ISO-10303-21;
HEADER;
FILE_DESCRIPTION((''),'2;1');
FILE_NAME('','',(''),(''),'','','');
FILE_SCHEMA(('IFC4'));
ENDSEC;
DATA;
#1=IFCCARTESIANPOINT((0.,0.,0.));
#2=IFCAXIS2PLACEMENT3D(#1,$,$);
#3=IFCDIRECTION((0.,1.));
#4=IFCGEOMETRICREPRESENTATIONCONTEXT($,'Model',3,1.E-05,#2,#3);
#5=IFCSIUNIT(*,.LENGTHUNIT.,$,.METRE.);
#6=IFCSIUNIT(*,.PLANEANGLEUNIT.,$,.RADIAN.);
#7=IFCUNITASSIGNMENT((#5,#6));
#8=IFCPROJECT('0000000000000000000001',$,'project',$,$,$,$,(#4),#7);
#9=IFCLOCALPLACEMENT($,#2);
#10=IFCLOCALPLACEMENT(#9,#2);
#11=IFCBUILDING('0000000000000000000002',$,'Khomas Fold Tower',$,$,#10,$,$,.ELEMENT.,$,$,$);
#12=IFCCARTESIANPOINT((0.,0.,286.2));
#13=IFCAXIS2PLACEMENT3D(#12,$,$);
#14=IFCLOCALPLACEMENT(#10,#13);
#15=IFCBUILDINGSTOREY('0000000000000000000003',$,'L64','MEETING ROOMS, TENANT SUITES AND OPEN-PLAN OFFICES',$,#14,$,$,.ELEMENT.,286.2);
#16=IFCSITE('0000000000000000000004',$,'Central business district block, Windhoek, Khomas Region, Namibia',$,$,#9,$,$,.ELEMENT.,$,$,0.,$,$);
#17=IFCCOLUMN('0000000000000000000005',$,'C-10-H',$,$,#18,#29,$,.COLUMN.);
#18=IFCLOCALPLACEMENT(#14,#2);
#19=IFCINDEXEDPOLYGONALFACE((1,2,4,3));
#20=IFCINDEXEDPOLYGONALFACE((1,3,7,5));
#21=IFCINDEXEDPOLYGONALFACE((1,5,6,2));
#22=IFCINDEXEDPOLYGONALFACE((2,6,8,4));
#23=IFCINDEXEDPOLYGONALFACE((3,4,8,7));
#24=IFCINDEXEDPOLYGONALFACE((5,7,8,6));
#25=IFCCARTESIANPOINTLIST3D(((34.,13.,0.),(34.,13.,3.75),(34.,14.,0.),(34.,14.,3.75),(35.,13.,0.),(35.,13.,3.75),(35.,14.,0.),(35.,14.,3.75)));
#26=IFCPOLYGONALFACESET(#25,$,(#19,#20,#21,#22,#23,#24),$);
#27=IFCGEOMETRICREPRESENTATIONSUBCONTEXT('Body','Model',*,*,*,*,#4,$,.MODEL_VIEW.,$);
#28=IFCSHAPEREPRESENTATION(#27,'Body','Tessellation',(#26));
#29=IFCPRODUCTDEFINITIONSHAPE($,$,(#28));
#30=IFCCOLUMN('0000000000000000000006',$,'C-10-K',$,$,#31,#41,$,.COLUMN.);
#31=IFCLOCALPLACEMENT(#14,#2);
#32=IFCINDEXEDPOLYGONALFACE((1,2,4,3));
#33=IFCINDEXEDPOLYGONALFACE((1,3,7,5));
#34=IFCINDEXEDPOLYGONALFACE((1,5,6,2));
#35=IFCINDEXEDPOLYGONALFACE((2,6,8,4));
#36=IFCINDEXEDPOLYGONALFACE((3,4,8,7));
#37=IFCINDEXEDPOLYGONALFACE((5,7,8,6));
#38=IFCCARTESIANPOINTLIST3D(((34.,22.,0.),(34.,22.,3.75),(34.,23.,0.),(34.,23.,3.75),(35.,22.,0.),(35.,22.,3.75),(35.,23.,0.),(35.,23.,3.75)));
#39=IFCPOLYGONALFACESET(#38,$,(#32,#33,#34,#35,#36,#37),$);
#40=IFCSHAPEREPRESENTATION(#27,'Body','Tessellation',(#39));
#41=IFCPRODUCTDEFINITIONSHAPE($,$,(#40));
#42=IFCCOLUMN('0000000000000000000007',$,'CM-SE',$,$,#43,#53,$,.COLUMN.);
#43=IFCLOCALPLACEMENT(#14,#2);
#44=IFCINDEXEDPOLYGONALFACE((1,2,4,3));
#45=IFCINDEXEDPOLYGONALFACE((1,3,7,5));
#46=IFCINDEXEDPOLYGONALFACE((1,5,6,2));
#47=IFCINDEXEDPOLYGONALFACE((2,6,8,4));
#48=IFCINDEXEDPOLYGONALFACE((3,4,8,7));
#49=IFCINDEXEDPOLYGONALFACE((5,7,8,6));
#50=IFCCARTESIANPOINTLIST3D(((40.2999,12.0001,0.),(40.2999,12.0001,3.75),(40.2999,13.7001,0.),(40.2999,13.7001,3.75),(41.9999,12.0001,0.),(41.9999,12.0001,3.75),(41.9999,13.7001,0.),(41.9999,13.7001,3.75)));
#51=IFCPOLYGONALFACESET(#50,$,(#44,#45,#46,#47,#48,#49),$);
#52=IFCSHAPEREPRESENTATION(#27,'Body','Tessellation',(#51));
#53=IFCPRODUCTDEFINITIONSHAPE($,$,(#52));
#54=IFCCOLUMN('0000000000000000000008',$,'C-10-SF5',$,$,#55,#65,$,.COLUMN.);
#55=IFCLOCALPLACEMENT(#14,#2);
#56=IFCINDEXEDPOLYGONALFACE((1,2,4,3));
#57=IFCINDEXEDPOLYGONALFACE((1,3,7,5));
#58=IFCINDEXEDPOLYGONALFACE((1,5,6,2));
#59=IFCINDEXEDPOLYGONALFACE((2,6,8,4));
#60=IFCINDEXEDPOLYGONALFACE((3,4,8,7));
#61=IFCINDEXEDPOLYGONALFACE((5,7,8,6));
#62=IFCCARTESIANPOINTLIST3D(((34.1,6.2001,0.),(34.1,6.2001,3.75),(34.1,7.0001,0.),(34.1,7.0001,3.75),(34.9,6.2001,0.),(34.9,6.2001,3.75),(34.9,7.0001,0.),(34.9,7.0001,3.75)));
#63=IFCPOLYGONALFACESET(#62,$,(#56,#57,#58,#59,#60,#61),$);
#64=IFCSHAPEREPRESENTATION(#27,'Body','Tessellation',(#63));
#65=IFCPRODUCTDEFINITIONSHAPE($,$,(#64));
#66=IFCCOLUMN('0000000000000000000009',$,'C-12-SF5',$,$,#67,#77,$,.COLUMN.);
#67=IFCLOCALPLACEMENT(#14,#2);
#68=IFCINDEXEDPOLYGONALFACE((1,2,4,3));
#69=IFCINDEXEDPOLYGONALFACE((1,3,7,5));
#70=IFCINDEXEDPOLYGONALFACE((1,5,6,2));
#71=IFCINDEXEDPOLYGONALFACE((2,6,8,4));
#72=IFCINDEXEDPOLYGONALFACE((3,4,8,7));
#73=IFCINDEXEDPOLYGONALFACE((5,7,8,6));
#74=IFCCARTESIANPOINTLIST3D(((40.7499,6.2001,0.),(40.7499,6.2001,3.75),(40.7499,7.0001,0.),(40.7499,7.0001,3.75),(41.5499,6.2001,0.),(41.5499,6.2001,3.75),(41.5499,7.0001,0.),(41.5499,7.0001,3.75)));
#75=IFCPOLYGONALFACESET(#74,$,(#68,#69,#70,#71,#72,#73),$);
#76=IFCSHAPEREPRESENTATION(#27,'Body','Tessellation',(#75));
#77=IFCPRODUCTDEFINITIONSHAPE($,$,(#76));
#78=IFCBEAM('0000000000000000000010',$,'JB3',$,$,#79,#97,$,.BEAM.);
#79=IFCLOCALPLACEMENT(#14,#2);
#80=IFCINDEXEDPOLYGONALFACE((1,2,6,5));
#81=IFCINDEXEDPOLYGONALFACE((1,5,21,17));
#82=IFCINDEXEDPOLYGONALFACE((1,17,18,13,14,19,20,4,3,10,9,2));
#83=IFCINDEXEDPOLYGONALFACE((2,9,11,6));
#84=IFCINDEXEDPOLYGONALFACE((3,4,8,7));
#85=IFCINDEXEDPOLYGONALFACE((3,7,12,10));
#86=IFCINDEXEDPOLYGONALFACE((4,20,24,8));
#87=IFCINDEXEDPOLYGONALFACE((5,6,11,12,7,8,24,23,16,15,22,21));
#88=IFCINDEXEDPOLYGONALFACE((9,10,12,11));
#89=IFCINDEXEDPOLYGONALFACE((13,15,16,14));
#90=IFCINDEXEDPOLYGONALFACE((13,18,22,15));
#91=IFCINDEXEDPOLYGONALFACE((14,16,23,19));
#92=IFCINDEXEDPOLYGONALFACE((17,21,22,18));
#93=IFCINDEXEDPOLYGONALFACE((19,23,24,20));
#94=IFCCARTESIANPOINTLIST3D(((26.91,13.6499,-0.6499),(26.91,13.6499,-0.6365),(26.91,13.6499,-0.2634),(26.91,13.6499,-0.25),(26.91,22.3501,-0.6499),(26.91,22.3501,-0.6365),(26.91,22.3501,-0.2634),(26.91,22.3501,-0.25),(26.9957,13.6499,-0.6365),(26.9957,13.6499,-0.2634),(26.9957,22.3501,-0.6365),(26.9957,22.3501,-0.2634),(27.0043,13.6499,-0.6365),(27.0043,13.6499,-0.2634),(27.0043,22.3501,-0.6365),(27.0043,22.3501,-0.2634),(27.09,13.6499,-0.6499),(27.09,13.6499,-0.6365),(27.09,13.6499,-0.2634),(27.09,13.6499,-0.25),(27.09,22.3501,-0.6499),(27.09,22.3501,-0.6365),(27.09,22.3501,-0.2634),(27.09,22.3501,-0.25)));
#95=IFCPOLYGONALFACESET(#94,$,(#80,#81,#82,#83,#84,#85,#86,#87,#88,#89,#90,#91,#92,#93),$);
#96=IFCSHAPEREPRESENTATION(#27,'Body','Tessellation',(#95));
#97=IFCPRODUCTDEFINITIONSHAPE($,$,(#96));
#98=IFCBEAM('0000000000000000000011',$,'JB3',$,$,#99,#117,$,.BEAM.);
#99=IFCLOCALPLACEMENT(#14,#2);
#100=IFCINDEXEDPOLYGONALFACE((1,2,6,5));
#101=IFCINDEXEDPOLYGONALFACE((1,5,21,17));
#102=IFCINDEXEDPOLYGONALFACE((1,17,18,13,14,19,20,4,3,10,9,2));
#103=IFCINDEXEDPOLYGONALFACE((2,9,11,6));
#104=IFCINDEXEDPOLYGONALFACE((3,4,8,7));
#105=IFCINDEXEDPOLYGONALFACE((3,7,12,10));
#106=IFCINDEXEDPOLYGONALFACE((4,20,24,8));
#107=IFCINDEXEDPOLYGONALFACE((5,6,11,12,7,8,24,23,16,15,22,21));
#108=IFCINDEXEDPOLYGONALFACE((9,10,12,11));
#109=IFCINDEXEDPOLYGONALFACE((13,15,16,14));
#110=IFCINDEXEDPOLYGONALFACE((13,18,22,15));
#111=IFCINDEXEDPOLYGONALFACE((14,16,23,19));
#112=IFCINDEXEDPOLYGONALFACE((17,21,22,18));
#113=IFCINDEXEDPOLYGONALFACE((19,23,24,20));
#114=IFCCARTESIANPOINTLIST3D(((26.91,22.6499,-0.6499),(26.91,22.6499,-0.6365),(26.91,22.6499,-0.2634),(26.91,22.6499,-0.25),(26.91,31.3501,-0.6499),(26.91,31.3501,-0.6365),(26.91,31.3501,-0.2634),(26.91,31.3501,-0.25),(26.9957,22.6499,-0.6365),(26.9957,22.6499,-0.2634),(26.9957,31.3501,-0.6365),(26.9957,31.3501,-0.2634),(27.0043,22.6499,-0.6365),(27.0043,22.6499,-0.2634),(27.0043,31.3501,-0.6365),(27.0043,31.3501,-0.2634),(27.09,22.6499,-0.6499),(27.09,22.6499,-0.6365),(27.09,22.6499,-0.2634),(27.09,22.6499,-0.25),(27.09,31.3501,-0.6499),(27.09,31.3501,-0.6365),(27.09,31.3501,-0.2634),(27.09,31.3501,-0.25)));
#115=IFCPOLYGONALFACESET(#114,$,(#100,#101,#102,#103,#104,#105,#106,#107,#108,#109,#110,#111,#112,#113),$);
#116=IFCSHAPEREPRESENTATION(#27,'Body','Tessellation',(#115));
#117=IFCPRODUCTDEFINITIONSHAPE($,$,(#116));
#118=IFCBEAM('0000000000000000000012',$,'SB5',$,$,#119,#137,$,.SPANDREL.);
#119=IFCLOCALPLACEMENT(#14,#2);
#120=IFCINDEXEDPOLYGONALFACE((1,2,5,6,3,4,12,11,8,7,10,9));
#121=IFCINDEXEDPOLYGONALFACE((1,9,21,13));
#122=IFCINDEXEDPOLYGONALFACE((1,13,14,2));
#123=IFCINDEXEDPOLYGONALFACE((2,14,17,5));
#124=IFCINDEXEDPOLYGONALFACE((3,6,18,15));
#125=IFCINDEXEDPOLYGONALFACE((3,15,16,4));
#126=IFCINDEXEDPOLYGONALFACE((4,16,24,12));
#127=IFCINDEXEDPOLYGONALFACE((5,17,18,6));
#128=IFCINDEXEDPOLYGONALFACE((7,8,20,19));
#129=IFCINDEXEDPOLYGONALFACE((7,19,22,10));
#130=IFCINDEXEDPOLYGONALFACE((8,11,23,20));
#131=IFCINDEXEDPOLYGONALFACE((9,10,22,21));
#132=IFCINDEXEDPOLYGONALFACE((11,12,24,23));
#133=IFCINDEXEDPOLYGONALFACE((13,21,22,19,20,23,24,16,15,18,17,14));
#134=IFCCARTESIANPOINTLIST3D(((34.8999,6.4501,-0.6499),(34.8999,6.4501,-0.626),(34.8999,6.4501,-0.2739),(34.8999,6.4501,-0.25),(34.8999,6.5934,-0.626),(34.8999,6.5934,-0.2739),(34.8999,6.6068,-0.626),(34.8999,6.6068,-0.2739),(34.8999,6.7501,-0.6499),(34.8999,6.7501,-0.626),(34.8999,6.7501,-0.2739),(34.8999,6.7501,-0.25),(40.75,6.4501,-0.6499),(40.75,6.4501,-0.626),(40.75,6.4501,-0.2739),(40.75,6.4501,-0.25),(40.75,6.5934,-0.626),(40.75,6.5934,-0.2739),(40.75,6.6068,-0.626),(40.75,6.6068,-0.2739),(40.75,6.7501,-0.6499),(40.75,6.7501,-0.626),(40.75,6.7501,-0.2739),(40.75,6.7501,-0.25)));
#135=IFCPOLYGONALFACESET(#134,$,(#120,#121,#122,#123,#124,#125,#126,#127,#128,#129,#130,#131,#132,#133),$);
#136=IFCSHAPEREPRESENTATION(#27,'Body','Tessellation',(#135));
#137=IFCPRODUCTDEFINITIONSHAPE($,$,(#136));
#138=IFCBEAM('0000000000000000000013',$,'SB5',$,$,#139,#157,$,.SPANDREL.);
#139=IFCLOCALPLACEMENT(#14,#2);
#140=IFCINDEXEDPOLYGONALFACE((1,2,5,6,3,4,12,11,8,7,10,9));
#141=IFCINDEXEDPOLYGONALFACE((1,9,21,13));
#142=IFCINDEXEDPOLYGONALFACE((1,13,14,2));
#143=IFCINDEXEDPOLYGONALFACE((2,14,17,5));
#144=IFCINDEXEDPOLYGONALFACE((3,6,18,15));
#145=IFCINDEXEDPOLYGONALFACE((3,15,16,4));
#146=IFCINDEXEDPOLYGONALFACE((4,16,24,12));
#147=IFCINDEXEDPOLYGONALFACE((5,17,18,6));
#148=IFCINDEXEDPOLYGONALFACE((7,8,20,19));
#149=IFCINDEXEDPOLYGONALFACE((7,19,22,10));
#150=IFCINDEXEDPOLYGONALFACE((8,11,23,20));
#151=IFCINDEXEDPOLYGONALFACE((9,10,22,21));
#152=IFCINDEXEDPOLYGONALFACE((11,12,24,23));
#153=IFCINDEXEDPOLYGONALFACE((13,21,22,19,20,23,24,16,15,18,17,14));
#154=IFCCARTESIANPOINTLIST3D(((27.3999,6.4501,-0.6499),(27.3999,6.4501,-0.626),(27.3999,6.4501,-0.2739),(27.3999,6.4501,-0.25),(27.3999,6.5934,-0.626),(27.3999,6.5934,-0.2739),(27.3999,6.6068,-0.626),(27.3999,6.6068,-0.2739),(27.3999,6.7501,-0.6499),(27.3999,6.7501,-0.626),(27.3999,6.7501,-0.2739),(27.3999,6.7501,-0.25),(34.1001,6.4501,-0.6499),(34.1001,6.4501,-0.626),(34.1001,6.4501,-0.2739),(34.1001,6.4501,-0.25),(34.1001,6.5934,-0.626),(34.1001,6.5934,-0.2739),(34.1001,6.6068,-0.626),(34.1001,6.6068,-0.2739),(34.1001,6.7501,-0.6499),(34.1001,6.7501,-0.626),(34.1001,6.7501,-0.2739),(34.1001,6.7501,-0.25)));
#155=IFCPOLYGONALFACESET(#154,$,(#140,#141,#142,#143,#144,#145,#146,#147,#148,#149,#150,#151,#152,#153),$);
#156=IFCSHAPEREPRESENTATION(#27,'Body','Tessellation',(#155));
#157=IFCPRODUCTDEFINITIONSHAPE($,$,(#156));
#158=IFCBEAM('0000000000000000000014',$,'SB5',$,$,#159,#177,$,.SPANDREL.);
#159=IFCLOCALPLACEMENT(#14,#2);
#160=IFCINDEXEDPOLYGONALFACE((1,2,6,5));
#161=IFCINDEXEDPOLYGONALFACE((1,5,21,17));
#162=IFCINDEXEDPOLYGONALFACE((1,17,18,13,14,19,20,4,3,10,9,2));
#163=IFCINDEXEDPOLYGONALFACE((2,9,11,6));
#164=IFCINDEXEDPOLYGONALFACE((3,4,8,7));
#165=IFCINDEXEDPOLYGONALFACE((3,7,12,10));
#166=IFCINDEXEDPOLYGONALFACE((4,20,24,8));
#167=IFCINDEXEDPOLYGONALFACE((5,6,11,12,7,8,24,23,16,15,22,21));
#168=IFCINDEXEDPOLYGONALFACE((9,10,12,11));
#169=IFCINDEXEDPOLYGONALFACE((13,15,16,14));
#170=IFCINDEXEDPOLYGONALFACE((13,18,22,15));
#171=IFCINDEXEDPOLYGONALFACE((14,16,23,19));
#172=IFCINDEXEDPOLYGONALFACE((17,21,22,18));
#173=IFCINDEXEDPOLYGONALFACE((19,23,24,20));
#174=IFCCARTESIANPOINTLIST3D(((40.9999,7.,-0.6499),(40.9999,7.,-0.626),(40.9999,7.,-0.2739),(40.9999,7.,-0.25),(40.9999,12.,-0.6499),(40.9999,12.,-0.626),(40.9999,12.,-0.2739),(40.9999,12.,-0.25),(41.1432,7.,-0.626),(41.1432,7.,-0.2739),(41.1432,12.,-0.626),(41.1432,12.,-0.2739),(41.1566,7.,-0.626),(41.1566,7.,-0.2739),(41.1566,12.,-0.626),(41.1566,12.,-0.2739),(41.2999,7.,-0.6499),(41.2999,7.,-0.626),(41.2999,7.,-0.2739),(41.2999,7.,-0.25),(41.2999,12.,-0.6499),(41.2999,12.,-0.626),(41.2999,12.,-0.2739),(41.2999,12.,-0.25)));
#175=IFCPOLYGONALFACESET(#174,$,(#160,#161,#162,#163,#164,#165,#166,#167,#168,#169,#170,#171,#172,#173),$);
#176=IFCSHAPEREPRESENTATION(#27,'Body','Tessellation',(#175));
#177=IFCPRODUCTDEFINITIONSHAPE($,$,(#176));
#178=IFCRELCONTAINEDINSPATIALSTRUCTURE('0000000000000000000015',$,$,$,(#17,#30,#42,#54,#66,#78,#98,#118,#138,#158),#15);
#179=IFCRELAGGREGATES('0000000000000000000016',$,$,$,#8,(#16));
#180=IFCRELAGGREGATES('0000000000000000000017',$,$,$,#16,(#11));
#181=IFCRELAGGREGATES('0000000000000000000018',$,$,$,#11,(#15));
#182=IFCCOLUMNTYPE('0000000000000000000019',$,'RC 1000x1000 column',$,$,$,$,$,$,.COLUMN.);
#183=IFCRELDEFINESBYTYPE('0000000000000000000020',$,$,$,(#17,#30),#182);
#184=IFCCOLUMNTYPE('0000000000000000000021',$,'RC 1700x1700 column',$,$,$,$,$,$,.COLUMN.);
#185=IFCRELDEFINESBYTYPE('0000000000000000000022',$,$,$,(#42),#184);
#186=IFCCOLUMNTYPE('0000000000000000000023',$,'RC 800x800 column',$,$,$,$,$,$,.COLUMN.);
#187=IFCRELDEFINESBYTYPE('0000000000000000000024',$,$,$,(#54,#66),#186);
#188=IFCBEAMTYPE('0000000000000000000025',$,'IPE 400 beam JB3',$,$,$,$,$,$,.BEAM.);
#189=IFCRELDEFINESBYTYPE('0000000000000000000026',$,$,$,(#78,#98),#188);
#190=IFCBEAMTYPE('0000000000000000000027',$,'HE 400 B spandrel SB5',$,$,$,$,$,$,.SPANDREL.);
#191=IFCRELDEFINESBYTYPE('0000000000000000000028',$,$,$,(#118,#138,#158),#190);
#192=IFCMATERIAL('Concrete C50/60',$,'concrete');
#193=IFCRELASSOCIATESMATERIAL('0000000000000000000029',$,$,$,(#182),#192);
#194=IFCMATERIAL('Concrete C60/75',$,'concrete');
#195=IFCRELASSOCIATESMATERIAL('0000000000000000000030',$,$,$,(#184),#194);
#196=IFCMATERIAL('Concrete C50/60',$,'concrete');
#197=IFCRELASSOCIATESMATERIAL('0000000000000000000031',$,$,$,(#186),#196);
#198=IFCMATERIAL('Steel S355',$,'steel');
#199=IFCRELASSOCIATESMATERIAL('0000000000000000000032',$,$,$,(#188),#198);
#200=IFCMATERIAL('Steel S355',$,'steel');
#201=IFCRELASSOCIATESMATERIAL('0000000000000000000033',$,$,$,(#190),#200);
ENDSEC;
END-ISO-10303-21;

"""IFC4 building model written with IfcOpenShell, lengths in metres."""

from ifc_helpers import new_model, si_unit, direction, frame, origin, origin_2d, place, context, subcontext, project, spatial, rectangle, i_section, extrude, source, transform, mapped, material, material_profile, profile_set, type_object, element, save


model = new_model("IFC4")

# Units and contexts
model_context = context("Model", 3, precision=1e-05, world=origin(), true_north=direction((0.0, 1.0)))
body_context = subcontext(model_context, "Body", "Model", "MODEL_VIEW")
ifc_project = project(units=[si_unit("LENGTHUNIT", "METRE"), si_unit("PLANEANGLEUNIT", "RADIAN")], contexts=[model_context])

# Site, building, storey
site_placement = place(None, origin())
site = spatial("IfcSite", under=ifc_project, at=site_placement, Name="Central business district block, Windhoek, Khomas Region, Namibia", CompositionType="ELEMENT", RefElevation=0.0)
building_placement = place(site_placement, origin())
building = spatial("IfcBuilding", under=site, at=building_placement, Name="Khomas Fold Tower", CompositionType="ELEMENT")
storey_placement = place(building_placement, frame((0.0, 0.0, 286.2)))
storey = spatial("IfcBuildingStorey", under=building, at=storey_placement, Name="L64", Description="MEETING ROOMS, TENANT SUITES AND OPEN-PLAN OFFICES", CompositionType="ELEMENT", Elevation=286.2)

# Columns
ifc_material_1 = material(Name="Concrete C50/60", Category="concrete")
ifc_material_profile_1 = material_profile(ifc_material_1, rectangle(XDim=1.0, YDim=1.0, at=origin_2d()), Name="RC 1000x1000")
ifc_profile_set_1 = profile_set([ifc_material_profile_1], Name="Concrete C50/60")
column_type_1 = type_object("IfcColumnType", Name="RC 1000x1000 column", PredefinedType="COLUMN", material=ifc_profile_set_1)
shared_shape_1 = source(origin(), body_context, "Body", "SweptSolid", [
    extrude(rectangle(XDim=1.0, YDim=1.0, at=origin_2d()), origin(), (0.0, 0.0, 1.0), 3.75),
])
for number, where, z_axis, x_axis, name in (
    (1, (34.5, 13.5, 0.0), (0.0, 0.0, 1.0), (1.0, 0.0, 0.0), "C-10-H"),
    (2, (34.5, 22.5, 0.0), (0.0, 0.0, 1.0), (1.0, 0.0, 0.0), "C-10-K"),
):
    element("IfcColumn", number, at=place(storey_placement, frame(where, z_axis=z_axis, x_axis=x_axis)), inside=storey, type_object=column_type_1, Name=name, PredefinedType="COLUMN", context=body_context, shape_type="MappedRepresentation", body=[
        mapped(shared_shape_1, transform((0.0, 0.0, 0.0))),
    ])
ifc_material_2 = material(Name="Concrete C60/75", Category="concrete")
ifc_material_profile_2 = material_profile(ifc_material_2, rectangle(XDim=1.7, YDim=1.7, at=origin_2d()), Name="RC 1700x1700")
ifc_profile_set_2 = profile_set([ifc_material_profile_2], Name="Concrete C60/75")
column_type_2 = type_object("IfcColumnType", Name="RC 1700x1700 column", PredefinedType="COLUMN", material=ifc_profile_set_2)
shared_shape_2 = source(origin(), body_context, "Body", "SweptSolid", [
    extrude(rectangle(XDim=1.7, YDim=1.7, at=origin_2d()), origin(), (0.0, 0.0, 1.0), 3.75),
])
column_placement = place(storey_placement, frame((41.1499, 12.8501, 0.0), z_axis=(0.0, 0.0, 1.0), x_axis=(1.0, 0.0, 0.0)))
element("IfcColumn", 3, at=column_placement, inside=storey, type_object=column_type_2, Name="CM-SE", PredefinedType="COLUMN", context=body_context, shape_type="MappedRepresentation", body=[
    mapped(shared_shape_2, transform((0.0, 0.0, 0.0))),
])
ifc_material_3 = material(Name="Concrete C50/60", Category="concrete")
ifc_material_profile_3 = material_profile(ifc_material_3, rectangle(XDim=0.8, YDim=0.8, at=origin_2d()), Name="RC 800x800")
ifc_profile_set_3 = profile_set([ifc_material_profile_3], Name="Concrete C50/60")
column_type_3 = type_object("IfcColumnType", Name="RC 800x800 column", PredefinedType="COLUMN", material=ifc_profile_set_3)
shared_shape_3 = source(origin(), body_context, "Body", "SweptSolid", [
    extrude(rectangle(XDim=0.8, YDim=0.8, at=origin_2d()), origin(), (0.0, 0.0, 1.0), 3.75),
])
for number, where, z_axis, x_axis, name in (
    (4, (34.5, 6.6001, 0.0), (0.0, 0.0, 1.0), (1.0, 0.0, 0.0), "C-10-SF5"),
    (5, (41.1499, 6.6001, 0.0), (0.0, 0.0, 1.0), (1.0, 0.0, 0.0), "C-12-SF5"),
):
    element("IfcColumn", number, at=place(storey_placement, frame(where, z_axis=z_axis, x_axis=x_axis)), inside=storey, type_object=column_type_3, Name=name, PredefinedType="COLUMN", context=body_context, shape_type="MappedRepresentation", body=[
        mapped(shared_shape_3, transform((0.0, 0.0, 0.0))),
    ])

# Beams
ifc_material_4 = material(Name="Steel S355", Category="steel")
ifc_material_profile_4 = material_profile(ifc_material_4, i_section(OverallWidth=0.1799, OverallDepth=0.3999, WebThickness=0.0085, FlangeThickness=0.0134, at=origin_2d()), Name="IPE 400")
ifc_profile_set_4 = profile_set([ifc_material_profile_4], Name="Steel S355")
beam_type_1 = type_object("IfcBeamType", Name="IPE 400 beam JB3", PredefinedType="BEAM", material=ifc_profile_set_4)
shared_shape_4 = source(origin(), body_context, "Body", "SweptSolid", [
    extrude(i_section(OverallWidth=0.1799, OverallDepth=0.3999, WebThickness=0.0085, FlangeThickness=0.0134, at=origin_2d()), origin(), (0.0, 0.0, 1.0), 8.7002),
])
for number, where, z_axis, x_axis, name in (
    (6, (27.0, 13.6499, -0.45), (0.0, 1.0, 0.0), (-1.0, 0.0, 0.0), "JB3"),
    (7, (27.0, 22.6499, -0.45), (0.0, 1.0, 0.0), (-1.0, 0.0, 0.0), "JB3"),
):
    element("IfcBeam", number, at=place(storey_placement, frame(where, z_axis=z_axis, x_axis=x_axis)), inside=storey, type_object=beam_type_1, Name=name, PredefinedType="BEAM", context=body_context, shape_type="MappedRepresentation", body=[
        mapped(shared_shape_4, transform((0.0, 0.0, 0.0))),
    ])
ifc_material_5 = material(Name="Steel S355", Category="steel")
ifc_material_profile_5 = material_profile(ifc_material_5, i_section(OverallWidth=0.3, OverallDepth=0.3999, WebThickness=0.0134, FlangeThickness=0.0239, at=origin_2d()), Name="HE 400 B")
ifc_profile_set_5 = profile_set([ifc_material_profile_5], Name="Steel S355")
beam_type_2 = type_object("IfcBeamType", Name="HE 400 B spandrel SB5", PredefinedType="SPANDREL", material=ifc_profile_set_5)
shared_shape_5 = source(origin(), body_context, "Body", "SweptSolid", [
    extrude(i_section(OverallWidth=0.3, OverallDepth=0.3999, WebThickness=0.0134, FlangeThickness=0.0239, at=origin_2d()), origin(), (0.0, 0.0, 1.0), 5.8501),
])
beam_1_placement = place(storey_placement, frame((34.8999, 6.6001, -0.45), z_axis=(1.0, 0.0, 0.0), x_axis=(0.0, 1.0, 0.0)))
element("IfcBeam", 8, at=beam_1_placement, inside=storey, type_object=beam_type_2, Name="SB5", PredefinedType="SPANDREL", context=body_context, shape_type="MappedRepresentation", body=[
    mapped(shared_shape_5, transform((0.0, 0.0, 0.0))),
])
shared_shape_6 = source(origin(), body_context, "Body", "SweptSolid", [
    extrude(i_section(OverallWidth=0.3, OverallDepth=0.3999, WebThickness=0.0134, FlangeThickness=0.0239, at=origin_2d()), origin(), (0.0, 0.0, 1.0), 6.7002),
])
beam_2_placement = place(storey_placement, frame((27.3999, 6.6001, -0.45), z_axis=(1.0, 0.0, 0.0), x_axis=(0.0, 1.0, 0.0)))
element("IfcBeam", 9, at=beam_2_placement, inside=storey, type_object=beam_type_2, Name="SB5", PredefinedType="SPANDREL", context=body_context, shape_type="MappedRepresentation", body=[
    mapped(shared_shape_6, transform((0.0, 0.0, 0.0))),
])
shared_shape_7 = source(origin(), body_context, "Body", "SweptSolid", [
    extrude(i_section(OverallWidth=0.3, OverallDepth=0.3999, WebThickness=0.0134, FlangeThickness=0.0239, at=origin_2d()), origin(), (0.0, 0.0, 1.0), 5.0),
])
beam_3_placement = place(storey_placement, frame((41.1499, 7.0, -0.45), z_axis=(0.0, 1.0, 0.0), x_axis=(-1.0, 0.0, 0.0)))
element("IfcBeam", 10, at=beam_3_placement, inside=storey, type_object=beam_type_2, Name="SB5", PredefinedType="SPANDREL", context=body_context, shape_type="MappedRepresentation", body=[
    mapped(shared_shape_7, transform((0.0, 0.0, 0.0))),
])

save(model, "model.ifc")
